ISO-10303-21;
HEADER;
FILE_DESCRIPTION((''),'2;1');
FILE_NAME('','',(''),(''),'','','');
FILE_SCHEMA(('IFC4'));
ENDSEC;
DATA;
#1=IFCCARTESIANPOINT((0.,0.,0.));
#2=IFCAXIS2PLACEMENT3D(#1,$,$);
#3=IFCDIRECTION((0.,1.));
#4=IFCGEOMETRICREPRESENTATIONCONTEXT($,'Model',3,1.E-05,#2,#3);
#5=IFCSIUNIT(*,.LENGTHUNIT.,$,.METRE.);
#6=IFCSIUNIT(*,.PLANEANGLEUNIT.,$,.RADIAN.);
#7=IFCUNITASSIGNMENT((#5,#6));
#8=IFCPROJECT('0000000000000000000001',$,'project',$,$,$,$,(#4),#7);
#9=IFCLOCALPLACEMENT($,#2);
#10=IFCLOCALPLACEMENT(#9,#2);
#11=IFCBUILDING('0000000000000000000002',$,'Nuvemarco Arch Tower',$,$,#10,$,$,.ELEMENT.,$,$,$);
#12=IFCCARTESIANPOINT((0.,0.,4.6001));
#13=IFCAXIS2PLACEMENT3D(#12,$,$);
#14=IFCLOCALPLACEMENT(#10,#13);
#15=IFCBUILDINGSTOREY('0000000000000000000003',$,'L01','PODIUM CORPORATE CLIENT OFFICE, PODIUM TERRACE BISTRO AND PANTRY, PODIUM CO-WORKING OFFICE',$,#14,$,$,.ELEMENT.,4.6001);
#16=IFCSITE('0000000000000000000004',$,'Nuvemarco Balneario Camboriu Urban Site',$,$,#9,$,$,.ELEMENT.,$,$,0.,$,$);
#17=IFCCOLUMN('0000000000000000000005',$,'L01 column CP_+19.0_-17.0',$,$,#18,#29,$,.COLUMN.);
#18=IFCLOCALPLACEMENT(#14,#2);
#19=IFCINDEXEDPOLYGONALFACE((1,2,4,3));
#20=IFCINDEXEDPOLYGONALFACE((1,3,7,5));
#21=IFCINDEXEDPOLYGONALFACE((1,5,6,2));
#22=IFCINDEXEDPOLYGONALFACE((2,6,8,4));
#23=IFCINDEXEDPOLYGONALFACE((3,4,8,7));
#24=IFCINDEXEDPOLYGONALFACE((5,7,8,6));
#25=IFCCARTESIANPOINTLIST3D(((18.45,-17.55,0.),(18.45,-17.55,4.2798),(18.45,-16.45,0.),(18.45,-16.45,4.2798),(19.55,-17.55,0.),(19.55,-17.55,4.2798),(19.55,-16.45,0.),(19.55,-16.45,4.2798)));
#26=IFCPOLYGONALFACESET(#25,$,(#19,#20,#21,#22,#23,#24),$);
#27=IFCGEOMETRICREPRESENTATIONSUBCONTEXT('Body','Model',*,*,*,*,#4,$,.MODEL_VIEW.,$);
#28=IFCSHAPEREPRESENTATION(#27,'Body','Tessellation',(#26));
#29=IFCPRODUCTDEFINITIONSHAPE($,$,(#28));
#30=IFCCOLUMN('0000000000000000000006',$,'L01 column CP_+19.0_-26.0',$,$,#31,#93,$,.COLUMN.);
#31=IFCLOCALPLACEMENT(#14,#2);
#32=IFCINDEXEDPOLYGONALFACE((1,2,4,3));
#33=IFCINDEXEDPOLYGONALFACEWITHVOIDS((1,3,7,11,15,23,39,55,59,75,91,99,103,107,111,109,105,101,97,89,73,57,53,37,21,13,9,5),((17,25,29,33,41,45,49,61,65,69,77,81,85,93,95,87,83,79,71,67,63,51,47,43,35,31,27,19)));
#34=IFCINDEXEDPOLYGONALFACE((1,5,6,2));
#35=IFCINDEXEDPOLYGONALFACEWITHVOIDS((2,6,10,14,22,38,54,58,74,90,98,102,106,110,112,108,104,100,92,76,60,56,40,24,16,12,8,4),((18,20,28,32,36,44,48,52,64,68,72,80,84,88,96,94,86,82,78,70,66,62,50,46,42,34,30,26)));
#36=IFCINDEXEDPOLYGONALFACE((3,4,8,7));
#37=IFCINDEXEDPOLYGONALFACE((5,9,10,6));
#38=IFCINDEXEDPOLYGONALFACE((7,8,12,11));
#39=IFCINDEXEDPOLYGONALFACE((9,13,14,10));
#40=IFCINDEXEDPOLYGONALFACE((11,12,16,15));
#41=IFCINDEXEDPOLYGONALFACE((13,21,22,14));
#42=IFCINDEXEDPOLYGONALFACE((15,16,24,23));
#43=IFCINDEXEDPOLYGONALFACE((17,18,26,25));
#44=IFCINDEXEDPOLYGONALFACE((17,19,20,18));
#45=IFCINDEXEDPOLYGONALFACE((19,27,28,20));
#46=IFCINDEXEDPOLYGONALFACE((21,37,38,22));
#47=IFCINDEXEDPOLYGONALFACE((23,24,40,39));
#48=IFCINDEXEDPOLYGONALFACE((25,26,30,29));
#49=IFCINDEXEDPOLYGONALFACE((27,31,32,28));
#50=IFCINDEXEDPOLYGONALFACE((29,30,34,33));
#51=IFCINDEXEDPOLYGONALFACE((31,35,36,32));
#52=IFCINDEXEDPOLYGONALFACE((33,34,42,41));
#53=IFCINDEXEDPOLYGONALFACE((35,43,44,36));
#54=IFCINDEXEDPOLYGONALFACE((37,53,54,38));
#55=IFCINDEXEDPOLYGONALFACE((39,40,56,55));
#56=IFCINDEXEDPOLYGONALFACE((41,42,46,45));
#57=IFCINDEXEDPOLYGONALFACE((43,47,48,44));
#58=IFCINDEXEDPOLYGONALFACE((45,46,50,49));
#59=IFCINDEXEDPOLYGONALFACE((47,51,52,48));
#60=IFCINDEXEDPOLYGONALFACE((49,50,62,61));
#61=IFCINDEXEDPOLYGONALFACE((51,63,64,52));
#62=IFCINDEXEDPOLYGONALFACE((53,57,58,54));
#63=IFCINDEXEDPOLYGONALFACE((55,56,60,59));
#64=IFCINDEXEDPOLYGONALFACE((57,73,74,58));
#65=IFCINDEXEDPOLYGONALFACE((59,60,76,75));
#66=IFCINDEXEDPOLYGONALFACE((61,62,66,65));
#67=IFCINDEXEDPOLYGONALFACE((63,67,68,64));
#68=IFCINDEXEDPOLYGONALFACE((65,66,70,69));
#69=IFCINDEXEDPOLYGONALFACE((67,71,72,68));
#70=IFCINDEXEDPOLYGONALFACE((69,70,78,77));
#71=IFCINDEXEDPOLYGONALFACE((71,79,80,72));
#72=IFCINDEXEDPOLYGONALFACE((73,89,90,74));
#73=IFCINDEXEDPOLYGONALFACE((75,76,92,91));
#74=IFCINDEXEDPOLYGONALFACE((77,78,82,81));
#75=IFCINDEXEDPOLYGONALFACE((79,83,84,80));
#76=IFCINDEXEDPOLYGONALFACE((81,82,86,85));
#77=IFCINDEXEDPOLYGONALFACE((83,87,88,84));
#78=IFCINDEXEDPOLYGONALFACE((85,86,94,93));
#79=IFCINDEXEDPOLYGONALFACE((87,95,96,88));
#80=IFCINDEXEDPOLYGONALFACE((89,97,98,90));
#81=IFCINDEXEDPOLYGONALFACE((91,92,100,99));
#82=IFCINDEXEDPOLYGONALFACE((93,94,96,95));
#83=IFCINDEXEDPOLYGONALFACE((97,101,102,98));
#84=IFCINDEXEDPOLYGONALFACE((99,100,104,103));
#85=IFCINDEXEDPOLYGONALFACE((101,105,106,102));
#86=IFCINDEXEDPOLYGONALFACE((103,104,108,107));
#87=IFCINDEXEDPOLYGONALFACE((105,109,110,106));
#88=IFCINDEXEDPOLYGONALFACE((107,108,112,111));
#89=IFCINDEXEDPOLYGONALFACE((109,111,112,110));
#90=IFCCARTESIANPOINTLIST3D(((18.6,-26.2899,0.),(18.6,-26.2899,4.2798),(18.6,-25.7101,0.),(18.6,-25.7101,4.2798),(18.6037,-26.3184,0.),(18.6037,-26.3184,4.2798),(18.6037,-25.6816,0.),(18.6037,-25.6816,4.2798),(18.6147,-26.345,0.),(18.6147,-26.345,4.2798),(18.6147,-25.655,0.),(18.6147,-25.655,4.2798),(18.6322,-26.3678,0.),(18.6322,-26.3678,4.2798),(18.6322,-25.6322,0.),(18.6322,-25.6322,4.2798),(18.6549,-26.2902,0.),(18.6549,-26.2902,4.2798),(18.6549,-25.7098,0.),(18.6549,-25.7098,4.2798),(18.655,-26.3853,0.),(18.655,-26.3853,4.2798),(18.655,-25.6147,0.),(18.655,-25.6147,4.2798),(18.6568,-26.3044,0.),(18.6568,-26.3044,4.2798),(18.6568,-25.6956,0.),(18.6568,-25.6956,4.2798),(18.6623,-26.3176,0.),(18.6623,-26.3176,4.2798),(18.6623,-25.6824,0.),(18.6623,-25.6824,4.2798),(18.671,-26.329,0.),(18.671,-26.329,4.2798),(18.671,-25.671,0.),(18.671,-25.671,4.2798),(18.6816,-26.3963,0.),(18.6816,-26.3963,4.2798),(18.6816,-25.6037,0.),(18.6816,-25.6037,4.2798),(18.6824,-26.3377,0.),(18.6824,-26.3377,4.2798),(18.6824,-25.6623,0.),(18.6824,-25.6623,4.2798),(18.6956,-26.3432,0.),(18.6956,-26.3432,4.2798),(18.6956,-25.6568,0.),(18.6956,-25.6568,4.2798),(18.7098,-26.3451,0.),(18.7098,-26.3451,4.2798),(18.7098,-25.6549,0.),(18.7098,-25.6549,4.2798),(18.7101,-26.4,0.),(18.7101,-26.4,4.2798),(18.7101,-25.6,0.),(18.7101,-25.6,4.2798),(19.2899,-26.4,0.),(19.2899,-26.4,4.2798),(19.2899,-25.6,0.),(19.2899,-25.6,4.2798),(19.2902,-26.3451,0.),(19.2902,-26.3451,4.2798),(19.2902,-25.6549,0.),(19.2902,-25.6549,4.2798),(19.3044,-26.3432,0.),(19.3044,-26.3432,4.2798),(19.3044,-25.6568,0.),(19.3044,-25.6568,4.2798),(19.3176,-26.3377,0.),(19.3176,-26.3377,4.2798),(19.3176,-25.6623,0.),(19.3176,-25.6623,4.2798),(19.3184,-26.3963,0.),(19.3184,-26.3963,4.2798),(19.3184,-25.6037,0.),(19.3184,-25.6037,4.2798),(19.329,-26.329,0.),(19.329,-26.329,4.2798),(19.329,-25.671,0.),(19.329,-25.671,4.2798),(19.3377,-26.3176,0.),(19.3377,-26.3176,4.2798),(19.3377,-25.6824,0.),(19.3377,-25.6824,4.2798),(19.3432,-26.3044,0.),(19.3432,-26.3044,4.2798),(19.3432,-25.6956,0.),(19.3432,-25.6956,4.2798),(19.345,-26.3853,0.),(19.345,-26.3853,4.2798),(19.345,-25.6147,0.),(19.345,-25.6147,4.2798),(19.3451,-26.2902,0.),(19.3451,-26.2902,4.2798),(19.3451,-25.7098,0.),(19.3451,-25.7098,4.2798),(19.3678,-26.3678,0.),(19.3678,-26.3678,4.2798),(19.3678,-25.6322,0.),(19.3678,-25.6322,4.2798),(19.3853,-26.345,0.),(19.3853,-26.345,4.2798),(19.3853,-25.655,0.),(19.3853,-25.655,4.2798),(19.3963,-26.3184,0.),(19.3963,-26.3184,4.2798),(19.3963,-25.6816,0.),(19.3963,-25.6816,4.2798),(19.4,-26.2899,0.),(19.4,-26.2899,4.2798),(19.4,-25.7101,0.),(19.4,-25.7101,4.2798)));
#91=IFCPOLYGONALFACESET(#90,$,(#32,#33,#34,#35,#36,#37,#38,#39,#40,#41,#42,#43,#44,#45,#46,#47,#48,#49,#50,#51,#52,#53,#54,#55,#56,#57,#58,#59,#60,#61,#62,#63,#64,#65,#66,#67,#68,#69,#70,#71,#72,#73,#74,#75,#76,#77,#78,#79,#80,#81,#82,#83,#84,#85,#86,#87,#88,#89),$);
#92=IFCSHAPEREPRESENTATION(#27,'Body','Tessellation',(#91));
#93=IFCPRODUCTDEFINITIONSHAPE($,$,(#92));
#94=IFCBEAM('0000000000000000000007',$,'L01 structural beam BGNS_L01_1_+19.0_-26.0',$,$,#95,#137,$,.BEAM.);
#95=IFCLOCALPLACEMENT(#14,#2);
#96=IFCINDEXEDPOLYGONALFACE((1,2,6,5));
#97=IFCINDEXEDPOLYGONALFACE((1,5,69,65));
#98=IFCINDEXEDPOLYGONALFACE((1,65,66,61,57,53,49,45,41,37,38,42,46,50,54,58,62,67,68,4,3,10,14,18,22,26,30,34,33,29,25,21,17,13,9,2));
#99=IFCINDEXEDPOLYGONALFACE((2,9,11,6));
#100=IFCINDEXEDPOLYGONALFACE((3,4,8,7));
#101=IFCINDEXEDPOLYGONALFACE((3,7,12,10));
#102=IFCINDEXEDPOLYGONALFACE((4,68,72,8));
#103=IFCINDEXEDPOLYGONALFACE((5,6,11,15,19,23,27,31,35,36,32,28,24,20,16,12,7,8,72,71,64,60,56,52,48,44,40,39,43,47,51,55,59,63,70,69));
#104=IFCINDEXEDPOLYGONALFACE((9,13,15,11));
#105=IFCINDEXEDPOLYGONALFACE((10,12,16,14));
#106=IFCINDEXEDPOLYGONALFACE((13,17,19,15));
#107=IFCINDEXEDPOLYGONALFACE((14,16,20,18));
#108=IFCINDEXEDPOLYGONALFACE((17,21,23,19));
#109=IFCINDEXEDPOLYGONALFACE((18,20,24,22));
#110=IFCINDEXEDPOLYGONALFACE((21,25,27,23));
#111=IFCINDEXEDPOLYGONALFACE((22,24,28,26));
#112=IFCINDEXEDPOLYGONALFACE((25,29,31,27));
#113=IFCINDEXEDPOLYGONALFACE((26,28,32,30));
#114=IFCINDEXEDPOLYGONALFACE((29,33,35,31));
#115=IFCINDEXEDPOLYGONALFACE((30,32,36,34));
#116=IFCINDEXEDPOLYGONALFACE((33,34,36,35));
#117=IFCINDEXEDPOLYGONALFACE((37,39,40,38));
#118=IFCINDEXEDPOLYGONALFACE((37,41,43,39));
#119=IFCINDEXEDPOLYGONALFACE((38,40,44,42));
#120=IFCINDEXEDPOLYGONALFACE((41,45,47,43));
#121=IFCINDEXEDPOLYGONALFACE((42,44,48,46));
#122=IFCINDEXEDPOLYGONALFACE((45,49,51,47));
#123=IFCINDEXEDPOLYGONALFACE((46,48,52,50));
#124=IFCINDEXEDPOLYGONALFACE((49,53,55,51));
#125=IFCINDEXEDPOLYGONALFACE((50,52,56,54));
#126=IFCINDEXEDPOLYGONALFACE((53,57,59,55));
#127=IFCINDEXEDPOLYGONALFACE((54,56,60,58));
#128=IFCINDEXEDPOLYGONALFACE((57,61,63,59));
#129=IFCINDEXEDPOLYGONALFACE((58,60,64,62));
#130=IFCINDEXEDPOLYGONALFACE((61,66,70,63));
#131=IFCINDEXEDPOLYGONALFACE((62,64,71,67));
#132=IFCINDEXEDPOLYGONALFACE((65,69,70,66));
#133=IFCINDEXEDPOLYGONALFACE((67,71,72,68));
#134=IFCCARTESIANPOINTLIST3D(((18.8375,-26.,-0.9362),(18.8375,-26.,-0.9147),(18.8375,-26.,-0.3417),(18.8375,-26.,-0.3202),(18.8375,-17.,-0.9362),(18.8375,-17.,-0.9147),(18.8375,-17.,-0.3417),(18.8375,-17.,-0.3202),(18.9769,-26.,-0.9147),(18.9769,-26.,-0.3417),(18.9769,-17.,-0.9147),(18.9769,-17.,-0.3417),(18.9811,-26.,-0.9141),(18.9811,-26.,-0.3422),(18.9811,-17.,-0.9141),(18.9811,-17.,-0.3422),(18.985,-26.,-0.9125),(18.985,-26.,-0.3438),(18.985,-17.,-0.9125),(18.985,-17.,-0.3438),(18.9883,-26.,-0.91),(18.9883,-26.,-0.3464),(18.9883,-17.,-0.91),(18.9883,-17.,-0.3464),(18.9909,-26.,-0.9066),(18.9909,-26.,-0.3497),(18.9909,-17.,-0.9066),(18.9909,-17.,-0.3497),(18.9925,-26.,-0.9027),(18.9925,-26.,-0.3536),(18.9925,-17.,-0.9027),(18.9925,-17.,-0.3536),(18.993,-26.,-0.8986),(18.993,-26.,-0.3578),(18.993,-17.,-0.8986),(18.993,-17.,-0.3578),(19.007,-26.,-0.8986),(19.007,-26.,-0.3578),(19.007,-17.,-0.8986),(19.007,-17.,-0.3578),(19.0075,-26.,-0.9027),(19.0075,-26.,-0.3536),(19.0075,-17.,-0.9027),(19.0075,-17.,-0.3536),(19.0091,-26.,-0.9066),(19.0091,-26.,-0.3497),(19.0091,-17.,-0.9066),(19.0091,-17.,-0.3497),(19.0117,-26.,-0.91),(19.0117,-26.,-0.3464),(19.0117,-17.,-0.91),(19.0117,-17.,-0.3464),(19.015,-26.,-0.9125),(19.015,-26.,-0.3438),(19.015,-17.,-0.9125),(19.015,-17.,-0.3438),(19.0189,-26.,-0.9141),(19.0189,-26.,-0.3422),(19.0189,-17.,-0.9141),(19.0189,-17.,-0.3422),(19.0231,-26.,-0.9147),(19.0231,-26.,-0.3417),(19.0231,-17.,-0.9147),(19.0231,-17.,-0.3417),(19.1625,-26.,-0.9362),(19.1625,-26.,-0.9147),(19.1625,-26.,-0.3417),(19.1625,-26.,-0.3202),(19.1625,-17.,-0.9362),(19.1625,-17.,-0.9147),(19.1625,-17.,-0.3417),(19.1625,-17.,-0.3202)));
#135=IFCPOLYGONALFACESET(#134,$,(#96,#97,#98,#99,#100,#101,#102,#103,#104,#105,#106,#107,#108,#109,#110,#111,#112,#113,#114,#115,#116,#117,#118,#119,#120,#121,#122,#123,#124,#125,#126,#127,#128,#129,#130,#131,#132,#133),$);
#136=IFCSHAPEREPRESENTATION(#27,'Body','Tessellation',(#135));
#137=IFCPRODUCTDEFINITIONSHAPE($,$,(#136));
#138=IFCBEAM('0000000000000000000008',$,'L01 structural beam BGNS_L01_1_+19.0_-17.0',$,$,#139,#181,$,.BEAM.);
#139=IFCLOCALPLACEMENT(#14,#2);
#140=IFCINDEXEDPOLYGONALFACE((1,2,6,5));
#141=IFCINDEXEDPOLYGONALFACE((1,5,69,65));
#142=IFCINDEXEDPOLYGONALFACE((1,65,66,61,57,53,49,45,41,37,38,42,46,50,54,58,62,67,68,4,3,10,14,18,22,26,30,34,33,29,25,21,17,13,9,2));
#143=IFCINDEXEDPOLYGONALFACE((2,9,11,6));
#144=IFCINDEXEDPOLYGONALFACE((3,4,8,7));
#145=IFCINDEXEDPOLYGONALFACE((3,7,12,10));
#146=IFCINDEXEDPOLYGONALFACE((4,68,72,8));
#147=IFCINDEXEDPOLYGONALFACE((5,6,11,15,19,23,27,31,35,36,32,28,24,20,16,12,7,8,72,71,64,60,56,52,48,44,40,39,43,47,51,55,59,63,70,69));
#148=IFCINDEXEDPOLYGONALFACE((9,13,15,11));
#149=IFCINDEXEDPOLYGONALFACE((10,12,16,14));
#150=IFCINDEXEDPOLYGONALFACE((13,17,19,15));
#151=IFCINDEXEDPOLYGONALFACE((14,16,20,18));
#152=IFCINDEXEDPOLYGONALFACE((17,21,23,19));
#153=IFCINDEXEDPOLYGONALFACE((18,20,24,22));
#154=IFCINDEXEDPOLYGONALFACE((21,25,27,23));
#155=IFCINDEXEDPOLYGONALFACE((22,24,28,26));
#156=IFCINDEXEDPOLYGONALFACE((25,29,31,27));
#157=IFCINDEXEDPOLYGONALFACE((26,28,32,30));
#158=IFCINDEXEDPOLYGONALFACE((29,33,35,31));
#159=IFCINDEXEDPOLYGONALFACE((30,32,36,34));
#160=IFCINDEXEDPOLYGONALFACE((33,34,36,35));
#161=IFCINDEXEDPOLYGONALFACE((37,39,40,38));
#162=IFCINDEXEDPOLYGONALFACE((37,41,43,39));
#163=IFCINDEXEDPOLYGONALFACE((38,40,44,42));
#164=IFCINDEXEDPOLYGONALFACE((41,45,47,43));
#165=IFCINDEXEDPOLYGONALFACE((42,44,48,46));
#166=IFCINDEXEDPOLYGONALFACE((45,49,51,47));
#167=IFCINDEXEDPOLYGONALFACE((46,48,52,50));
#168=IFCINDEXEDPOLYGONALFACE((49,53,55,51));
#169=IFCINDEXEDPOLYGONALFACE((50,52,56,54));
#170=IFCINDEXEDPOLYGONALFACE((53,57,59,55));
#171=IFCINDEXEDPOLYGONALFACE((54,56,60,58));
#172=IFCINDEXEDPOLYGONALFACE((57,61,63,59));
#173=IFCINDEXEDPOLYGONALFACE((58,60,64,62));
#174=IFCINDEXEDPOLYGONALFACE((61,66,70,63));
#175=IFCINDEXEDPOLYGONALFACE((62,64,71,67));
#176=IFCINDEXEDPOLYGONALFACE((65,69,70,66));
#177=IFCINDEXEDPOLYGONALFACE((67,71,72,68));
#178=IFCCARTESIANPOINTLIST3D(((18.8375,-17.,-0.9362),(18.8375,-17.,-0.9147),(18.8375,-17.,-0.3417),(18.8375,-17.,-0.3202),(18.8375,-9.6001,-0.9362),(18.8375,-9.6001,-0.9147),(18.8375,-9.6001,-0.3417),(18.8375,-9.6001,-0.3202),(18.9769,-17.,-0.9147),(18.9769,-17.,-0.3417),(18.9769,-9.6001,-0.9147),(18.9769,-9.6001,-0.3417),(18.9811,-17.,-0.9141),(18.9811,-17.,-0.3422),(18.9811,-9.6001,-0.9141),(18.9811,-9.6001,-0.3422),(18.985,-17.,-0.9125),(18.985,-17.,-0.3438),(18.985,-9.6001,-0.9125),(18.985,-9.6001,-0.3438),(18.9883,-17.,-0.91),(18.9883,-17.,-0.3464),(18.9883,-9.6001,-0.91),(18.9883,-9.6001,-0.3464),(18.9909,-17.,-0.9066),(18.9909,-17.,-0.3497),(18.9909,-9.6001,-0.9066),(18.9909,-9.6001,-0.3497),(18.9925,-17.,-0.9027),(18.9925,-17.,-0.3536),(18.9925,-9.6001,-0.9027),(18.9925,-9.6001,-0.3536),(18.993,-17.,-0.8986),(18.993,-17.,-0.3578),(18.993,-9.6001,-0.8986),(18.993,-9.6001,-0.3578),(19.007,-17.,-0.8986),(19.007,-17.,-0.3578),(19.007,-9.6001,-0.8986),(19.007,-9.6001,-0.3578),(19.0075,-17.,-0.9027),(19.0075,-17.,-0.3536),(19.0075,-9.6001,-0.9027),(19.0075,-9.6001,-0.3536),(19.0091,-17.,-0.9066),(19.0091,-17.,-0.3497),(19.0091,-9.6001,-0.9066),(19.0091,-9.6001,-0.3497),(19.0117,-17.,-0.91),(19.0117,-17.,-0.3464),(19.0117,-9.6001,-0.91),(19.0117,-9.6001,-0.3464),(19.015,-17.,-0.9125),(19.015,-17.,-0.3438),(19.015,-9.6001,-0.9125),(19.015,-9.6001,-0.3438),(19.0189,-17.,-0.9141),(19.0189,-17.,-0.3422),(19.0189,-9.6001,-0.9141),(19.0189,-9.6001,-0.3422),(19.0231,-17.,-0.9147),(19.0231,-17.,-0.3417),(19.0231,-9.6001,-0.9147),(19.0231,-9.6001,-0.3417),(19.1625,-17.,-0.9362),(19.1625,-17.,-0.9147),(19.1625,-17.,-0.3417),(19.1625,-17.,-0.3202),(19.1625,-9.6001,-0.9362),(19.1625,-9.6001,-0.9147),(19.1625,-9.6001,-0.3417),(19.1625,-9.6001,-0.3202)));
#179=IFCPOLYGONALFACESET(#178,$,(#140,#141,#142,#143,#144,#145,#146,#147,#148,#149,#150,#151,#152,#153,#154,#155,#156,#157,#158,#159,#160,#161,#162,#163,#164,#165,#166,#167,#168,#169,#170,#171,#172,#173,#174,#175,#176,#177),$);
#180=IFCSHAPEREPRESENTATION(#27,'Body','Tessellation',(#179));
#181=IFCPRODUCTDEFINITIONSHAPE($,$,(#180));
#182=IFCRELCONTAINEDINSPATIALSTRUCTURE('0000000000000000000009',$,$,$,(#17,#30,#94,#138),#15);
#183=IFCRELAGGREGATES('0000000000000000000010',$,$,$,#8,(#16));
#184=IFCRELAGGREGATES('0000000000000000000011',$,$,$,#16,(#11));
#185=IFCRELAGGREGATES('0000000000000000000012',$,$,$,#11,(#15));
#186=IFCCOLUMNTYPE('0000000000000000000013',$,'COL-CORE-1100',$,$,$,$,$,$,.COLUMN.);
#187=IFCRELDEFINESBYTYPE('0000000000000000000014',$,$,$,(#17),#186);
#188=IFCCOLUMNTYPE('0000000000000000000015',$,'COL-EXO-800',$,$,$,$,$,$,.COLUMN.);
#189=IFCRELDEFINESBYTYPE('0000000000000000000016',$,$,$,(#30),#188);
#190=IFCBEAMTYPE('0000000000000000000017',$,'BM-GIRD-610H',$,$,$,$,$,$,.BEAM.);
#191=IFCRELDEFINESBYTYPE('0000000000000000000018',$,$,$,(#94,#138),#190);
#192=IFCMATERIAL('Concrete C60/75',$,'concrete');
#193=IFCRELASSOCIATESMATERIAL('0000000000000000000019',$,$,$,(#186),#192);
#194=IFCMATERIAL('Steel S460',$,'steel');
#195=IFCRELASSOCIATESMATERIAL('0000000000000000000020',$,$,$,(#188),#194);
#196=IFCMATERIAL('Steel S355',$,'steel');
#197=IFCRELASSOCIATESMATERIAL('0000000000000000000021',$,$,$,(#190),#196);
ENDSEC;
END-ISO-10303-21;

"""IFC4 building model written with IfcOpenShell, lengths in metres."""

from ifc_helpers import new_model, si_unit, direction, frame, origin, origin_2d, place, context, subcontext, project, spatial, rectangle, hollow_rectangle, i_section, extrude, material, material_profile, profile_set, type_object, element, save


model = new_model("IFC4")

# Units and contexts
model_context = context("Model", 3, precision=1e-05, world=origin(), true_north=direction((0.0, 1.0)))
body_context = subcontext(model_context, "Body", "Model", "MODEL_VIEW")
ifc_project = project(units=[si_unit("LENGTHUNIT", "METRE"), si_unit("PLANEANGLEUNIT", "RADIAN")], contexts=[model_context])

# Site, building, storey
site_placement = place(None, origin())
site = spatial("IfcSite", under=ifc_project, at=site_placement, Name="Nuvemarco Balneario Camboriu Urban Site", CompositionType="ELEMENT", RefElevation=0.0)
building_placement = place(site_placement, origin())
building = spatial("IfcBuilding", under=site, at=building_placement, Name="Nuvemarco Arch Tower", CompositionType="ELEMENT")
storey_placement = place(building_placement, frame((0.0, 0.0, 4.6001)))
storey = spatial("IfcBuildingStorey", under=building, at=storey_placement, Name="L01", Description="PODIUM CORPORATE CLIENT OFFICE, PODIUM TERRACE BISTRO AND PANTRY, PODIUM CO-WORKING OFFICE", CompositionType="ELEMENT", Elevation=4.6001)

# Columns
ifc_material_1 = material(Name="Concrete C60/75", Category="concrete")
ifc_material_profile_1 = material_profile(ifc_material_1, rectangle(XDim=1.1001, YDim=1.1001, at=origin_2d()), Name="RC-COL-1100x1100")
ifc_profile_set_1 = profile_set([ifc_material_profile_1], Name="Concrete C60/75")
column_type_1 = type_object("IfcColumnType", Name="COL-CORE-1100", PredefinedType="COLUMN", material=ifc_profile_set_1)
column_1_placement = place(storey_placement, frame((19.0, -17.0, 0.0), z_axis=(0.0, 0.0, 1.0), x_axis=(1.0, 0.0, 0.0)))
element("IfcColumn", 1, at=column_1_placement, inside=storey, type_object=column_type_1, Name="L01 column CP_+19.0_-17.0", PredefinedType="COLUMN", context=body_context, shape_type="SweptSolid", body=[
    extrude(rectangle(XDim=1.1001, YDim=1.1001, at=origin_2d()), origin(), (0.0, 0.0, 1.0), 4.2798),
])
ifc_material_2 = material(Name="Steel S460", Category="steel")
ifc_material_profile_2 = material_profile(ifc_material_2, hollow_rectangle(XDim=0.8, YDim=0.8, WallThickness=0.0549, InnerFilletRadius=0.0549, OuterFilletRadius=0.1101, at=origin_2d()), Name="SHS800x800x55")
ifc_profile_set_2 = profile_set([ifc_material_profile_2], Name="Steel S460")
column_type_2 = type_object("IfcColumnType", Name="COL-EXO-800", PredefinedType="COLUMN", material=ifc_profile_set_2)
column_2_placement = place(storey_placement, frame((19.0, -26.0, 0.0), z_axis=(0.0, 0.0, 1.0), x_axis=(1.0, 0.0, 0.0)))
element("IfcColumn", 2, at=column_2_placement, inside=storey, type_object=column_type_2, Name="L01 column CP_+19.0_-26.0", PredefinedType="COLUMN", context=body_context, shape_type="SweptSolid", body=[
    extrude(hollow_rectangle(XDim=0.8, YDim=0.8, WallThickness=0.0549, InnerFilletRadius=0.0549, OuterFilletRadius=0.1101, at=origin_2d()), origin(), (0.0, 0.0, 1.0), 4.2798),
])

# Beams
ifc_material_3 = material(Name="Steel S355", Category="steel")
ifc_material_profile_3 = material_profile(ifc_material_3, i_section(OverallWidth=0.325, OverallDepth=0.616, WebThickness=0.0139, FlangeThickness=0.0215, FilletRadius=0.0161, at=origin_2d()), Name="W610x174")
ifc_profile_set_3 = profile_set([ifc_material_profile_3], Name="Steel S355")
beam_type_1 = type_object("IfcBeamType", Name="BM-GIRD-610H", PredefinedType="BEAM", material=ifc_profile_set_3)
beam_1_placement = place(storey_placement, frame((19.0, -26.0, -0.6282), z_axis=(0.0, 1.0, 0.0), x_axis=(-1.0, 0.0, 0.0)))
element("IfcBeam", 3, at=beam_1_placement, inside=storey, type_object=beam_type_1, Name="L01 structural beam BGNS_L01_1_+19.0_-26.0", PredefinedType="BEAM", context=body_context, shape_type="SweptSolid", body=[
    extrude(i_section(OverallWidth=0.325, OverallDepth=0.616, WebThickness=0.0139, FlangeThickness=0.0215, FilletRadius=0.0161, at=origin_2d()), origin(), (0.0, 0.0, 1.0), 9.0),
])
beam_2_placement = place(storey_placement, frame((19.0, -17.0, -0.6282), z_axis=(0.0, 1.0, 0.0), x_axis=(-1.0, 0.0, 0.0)))
element("IfcBeam", 4, at=beam_2_placement, inside=storey, type_object=beam_type_1, Name="L01 structural beam BGNS_L01_1_+19.0_-17.0", PredefinedType="BEAM", context=body_context, shape_type="SweptSolid", body=[
    extrude(i_section(OverallWidth=0.325, OverallDepth=0.616, WebThickness=0.0139, FlangeThickness=0.0215, FilletRadius=0.0161, at=origin_2d()), origin(), (0.0, 0.0, 1.0), 7.3999),
])

save(model, "model.ifc")
